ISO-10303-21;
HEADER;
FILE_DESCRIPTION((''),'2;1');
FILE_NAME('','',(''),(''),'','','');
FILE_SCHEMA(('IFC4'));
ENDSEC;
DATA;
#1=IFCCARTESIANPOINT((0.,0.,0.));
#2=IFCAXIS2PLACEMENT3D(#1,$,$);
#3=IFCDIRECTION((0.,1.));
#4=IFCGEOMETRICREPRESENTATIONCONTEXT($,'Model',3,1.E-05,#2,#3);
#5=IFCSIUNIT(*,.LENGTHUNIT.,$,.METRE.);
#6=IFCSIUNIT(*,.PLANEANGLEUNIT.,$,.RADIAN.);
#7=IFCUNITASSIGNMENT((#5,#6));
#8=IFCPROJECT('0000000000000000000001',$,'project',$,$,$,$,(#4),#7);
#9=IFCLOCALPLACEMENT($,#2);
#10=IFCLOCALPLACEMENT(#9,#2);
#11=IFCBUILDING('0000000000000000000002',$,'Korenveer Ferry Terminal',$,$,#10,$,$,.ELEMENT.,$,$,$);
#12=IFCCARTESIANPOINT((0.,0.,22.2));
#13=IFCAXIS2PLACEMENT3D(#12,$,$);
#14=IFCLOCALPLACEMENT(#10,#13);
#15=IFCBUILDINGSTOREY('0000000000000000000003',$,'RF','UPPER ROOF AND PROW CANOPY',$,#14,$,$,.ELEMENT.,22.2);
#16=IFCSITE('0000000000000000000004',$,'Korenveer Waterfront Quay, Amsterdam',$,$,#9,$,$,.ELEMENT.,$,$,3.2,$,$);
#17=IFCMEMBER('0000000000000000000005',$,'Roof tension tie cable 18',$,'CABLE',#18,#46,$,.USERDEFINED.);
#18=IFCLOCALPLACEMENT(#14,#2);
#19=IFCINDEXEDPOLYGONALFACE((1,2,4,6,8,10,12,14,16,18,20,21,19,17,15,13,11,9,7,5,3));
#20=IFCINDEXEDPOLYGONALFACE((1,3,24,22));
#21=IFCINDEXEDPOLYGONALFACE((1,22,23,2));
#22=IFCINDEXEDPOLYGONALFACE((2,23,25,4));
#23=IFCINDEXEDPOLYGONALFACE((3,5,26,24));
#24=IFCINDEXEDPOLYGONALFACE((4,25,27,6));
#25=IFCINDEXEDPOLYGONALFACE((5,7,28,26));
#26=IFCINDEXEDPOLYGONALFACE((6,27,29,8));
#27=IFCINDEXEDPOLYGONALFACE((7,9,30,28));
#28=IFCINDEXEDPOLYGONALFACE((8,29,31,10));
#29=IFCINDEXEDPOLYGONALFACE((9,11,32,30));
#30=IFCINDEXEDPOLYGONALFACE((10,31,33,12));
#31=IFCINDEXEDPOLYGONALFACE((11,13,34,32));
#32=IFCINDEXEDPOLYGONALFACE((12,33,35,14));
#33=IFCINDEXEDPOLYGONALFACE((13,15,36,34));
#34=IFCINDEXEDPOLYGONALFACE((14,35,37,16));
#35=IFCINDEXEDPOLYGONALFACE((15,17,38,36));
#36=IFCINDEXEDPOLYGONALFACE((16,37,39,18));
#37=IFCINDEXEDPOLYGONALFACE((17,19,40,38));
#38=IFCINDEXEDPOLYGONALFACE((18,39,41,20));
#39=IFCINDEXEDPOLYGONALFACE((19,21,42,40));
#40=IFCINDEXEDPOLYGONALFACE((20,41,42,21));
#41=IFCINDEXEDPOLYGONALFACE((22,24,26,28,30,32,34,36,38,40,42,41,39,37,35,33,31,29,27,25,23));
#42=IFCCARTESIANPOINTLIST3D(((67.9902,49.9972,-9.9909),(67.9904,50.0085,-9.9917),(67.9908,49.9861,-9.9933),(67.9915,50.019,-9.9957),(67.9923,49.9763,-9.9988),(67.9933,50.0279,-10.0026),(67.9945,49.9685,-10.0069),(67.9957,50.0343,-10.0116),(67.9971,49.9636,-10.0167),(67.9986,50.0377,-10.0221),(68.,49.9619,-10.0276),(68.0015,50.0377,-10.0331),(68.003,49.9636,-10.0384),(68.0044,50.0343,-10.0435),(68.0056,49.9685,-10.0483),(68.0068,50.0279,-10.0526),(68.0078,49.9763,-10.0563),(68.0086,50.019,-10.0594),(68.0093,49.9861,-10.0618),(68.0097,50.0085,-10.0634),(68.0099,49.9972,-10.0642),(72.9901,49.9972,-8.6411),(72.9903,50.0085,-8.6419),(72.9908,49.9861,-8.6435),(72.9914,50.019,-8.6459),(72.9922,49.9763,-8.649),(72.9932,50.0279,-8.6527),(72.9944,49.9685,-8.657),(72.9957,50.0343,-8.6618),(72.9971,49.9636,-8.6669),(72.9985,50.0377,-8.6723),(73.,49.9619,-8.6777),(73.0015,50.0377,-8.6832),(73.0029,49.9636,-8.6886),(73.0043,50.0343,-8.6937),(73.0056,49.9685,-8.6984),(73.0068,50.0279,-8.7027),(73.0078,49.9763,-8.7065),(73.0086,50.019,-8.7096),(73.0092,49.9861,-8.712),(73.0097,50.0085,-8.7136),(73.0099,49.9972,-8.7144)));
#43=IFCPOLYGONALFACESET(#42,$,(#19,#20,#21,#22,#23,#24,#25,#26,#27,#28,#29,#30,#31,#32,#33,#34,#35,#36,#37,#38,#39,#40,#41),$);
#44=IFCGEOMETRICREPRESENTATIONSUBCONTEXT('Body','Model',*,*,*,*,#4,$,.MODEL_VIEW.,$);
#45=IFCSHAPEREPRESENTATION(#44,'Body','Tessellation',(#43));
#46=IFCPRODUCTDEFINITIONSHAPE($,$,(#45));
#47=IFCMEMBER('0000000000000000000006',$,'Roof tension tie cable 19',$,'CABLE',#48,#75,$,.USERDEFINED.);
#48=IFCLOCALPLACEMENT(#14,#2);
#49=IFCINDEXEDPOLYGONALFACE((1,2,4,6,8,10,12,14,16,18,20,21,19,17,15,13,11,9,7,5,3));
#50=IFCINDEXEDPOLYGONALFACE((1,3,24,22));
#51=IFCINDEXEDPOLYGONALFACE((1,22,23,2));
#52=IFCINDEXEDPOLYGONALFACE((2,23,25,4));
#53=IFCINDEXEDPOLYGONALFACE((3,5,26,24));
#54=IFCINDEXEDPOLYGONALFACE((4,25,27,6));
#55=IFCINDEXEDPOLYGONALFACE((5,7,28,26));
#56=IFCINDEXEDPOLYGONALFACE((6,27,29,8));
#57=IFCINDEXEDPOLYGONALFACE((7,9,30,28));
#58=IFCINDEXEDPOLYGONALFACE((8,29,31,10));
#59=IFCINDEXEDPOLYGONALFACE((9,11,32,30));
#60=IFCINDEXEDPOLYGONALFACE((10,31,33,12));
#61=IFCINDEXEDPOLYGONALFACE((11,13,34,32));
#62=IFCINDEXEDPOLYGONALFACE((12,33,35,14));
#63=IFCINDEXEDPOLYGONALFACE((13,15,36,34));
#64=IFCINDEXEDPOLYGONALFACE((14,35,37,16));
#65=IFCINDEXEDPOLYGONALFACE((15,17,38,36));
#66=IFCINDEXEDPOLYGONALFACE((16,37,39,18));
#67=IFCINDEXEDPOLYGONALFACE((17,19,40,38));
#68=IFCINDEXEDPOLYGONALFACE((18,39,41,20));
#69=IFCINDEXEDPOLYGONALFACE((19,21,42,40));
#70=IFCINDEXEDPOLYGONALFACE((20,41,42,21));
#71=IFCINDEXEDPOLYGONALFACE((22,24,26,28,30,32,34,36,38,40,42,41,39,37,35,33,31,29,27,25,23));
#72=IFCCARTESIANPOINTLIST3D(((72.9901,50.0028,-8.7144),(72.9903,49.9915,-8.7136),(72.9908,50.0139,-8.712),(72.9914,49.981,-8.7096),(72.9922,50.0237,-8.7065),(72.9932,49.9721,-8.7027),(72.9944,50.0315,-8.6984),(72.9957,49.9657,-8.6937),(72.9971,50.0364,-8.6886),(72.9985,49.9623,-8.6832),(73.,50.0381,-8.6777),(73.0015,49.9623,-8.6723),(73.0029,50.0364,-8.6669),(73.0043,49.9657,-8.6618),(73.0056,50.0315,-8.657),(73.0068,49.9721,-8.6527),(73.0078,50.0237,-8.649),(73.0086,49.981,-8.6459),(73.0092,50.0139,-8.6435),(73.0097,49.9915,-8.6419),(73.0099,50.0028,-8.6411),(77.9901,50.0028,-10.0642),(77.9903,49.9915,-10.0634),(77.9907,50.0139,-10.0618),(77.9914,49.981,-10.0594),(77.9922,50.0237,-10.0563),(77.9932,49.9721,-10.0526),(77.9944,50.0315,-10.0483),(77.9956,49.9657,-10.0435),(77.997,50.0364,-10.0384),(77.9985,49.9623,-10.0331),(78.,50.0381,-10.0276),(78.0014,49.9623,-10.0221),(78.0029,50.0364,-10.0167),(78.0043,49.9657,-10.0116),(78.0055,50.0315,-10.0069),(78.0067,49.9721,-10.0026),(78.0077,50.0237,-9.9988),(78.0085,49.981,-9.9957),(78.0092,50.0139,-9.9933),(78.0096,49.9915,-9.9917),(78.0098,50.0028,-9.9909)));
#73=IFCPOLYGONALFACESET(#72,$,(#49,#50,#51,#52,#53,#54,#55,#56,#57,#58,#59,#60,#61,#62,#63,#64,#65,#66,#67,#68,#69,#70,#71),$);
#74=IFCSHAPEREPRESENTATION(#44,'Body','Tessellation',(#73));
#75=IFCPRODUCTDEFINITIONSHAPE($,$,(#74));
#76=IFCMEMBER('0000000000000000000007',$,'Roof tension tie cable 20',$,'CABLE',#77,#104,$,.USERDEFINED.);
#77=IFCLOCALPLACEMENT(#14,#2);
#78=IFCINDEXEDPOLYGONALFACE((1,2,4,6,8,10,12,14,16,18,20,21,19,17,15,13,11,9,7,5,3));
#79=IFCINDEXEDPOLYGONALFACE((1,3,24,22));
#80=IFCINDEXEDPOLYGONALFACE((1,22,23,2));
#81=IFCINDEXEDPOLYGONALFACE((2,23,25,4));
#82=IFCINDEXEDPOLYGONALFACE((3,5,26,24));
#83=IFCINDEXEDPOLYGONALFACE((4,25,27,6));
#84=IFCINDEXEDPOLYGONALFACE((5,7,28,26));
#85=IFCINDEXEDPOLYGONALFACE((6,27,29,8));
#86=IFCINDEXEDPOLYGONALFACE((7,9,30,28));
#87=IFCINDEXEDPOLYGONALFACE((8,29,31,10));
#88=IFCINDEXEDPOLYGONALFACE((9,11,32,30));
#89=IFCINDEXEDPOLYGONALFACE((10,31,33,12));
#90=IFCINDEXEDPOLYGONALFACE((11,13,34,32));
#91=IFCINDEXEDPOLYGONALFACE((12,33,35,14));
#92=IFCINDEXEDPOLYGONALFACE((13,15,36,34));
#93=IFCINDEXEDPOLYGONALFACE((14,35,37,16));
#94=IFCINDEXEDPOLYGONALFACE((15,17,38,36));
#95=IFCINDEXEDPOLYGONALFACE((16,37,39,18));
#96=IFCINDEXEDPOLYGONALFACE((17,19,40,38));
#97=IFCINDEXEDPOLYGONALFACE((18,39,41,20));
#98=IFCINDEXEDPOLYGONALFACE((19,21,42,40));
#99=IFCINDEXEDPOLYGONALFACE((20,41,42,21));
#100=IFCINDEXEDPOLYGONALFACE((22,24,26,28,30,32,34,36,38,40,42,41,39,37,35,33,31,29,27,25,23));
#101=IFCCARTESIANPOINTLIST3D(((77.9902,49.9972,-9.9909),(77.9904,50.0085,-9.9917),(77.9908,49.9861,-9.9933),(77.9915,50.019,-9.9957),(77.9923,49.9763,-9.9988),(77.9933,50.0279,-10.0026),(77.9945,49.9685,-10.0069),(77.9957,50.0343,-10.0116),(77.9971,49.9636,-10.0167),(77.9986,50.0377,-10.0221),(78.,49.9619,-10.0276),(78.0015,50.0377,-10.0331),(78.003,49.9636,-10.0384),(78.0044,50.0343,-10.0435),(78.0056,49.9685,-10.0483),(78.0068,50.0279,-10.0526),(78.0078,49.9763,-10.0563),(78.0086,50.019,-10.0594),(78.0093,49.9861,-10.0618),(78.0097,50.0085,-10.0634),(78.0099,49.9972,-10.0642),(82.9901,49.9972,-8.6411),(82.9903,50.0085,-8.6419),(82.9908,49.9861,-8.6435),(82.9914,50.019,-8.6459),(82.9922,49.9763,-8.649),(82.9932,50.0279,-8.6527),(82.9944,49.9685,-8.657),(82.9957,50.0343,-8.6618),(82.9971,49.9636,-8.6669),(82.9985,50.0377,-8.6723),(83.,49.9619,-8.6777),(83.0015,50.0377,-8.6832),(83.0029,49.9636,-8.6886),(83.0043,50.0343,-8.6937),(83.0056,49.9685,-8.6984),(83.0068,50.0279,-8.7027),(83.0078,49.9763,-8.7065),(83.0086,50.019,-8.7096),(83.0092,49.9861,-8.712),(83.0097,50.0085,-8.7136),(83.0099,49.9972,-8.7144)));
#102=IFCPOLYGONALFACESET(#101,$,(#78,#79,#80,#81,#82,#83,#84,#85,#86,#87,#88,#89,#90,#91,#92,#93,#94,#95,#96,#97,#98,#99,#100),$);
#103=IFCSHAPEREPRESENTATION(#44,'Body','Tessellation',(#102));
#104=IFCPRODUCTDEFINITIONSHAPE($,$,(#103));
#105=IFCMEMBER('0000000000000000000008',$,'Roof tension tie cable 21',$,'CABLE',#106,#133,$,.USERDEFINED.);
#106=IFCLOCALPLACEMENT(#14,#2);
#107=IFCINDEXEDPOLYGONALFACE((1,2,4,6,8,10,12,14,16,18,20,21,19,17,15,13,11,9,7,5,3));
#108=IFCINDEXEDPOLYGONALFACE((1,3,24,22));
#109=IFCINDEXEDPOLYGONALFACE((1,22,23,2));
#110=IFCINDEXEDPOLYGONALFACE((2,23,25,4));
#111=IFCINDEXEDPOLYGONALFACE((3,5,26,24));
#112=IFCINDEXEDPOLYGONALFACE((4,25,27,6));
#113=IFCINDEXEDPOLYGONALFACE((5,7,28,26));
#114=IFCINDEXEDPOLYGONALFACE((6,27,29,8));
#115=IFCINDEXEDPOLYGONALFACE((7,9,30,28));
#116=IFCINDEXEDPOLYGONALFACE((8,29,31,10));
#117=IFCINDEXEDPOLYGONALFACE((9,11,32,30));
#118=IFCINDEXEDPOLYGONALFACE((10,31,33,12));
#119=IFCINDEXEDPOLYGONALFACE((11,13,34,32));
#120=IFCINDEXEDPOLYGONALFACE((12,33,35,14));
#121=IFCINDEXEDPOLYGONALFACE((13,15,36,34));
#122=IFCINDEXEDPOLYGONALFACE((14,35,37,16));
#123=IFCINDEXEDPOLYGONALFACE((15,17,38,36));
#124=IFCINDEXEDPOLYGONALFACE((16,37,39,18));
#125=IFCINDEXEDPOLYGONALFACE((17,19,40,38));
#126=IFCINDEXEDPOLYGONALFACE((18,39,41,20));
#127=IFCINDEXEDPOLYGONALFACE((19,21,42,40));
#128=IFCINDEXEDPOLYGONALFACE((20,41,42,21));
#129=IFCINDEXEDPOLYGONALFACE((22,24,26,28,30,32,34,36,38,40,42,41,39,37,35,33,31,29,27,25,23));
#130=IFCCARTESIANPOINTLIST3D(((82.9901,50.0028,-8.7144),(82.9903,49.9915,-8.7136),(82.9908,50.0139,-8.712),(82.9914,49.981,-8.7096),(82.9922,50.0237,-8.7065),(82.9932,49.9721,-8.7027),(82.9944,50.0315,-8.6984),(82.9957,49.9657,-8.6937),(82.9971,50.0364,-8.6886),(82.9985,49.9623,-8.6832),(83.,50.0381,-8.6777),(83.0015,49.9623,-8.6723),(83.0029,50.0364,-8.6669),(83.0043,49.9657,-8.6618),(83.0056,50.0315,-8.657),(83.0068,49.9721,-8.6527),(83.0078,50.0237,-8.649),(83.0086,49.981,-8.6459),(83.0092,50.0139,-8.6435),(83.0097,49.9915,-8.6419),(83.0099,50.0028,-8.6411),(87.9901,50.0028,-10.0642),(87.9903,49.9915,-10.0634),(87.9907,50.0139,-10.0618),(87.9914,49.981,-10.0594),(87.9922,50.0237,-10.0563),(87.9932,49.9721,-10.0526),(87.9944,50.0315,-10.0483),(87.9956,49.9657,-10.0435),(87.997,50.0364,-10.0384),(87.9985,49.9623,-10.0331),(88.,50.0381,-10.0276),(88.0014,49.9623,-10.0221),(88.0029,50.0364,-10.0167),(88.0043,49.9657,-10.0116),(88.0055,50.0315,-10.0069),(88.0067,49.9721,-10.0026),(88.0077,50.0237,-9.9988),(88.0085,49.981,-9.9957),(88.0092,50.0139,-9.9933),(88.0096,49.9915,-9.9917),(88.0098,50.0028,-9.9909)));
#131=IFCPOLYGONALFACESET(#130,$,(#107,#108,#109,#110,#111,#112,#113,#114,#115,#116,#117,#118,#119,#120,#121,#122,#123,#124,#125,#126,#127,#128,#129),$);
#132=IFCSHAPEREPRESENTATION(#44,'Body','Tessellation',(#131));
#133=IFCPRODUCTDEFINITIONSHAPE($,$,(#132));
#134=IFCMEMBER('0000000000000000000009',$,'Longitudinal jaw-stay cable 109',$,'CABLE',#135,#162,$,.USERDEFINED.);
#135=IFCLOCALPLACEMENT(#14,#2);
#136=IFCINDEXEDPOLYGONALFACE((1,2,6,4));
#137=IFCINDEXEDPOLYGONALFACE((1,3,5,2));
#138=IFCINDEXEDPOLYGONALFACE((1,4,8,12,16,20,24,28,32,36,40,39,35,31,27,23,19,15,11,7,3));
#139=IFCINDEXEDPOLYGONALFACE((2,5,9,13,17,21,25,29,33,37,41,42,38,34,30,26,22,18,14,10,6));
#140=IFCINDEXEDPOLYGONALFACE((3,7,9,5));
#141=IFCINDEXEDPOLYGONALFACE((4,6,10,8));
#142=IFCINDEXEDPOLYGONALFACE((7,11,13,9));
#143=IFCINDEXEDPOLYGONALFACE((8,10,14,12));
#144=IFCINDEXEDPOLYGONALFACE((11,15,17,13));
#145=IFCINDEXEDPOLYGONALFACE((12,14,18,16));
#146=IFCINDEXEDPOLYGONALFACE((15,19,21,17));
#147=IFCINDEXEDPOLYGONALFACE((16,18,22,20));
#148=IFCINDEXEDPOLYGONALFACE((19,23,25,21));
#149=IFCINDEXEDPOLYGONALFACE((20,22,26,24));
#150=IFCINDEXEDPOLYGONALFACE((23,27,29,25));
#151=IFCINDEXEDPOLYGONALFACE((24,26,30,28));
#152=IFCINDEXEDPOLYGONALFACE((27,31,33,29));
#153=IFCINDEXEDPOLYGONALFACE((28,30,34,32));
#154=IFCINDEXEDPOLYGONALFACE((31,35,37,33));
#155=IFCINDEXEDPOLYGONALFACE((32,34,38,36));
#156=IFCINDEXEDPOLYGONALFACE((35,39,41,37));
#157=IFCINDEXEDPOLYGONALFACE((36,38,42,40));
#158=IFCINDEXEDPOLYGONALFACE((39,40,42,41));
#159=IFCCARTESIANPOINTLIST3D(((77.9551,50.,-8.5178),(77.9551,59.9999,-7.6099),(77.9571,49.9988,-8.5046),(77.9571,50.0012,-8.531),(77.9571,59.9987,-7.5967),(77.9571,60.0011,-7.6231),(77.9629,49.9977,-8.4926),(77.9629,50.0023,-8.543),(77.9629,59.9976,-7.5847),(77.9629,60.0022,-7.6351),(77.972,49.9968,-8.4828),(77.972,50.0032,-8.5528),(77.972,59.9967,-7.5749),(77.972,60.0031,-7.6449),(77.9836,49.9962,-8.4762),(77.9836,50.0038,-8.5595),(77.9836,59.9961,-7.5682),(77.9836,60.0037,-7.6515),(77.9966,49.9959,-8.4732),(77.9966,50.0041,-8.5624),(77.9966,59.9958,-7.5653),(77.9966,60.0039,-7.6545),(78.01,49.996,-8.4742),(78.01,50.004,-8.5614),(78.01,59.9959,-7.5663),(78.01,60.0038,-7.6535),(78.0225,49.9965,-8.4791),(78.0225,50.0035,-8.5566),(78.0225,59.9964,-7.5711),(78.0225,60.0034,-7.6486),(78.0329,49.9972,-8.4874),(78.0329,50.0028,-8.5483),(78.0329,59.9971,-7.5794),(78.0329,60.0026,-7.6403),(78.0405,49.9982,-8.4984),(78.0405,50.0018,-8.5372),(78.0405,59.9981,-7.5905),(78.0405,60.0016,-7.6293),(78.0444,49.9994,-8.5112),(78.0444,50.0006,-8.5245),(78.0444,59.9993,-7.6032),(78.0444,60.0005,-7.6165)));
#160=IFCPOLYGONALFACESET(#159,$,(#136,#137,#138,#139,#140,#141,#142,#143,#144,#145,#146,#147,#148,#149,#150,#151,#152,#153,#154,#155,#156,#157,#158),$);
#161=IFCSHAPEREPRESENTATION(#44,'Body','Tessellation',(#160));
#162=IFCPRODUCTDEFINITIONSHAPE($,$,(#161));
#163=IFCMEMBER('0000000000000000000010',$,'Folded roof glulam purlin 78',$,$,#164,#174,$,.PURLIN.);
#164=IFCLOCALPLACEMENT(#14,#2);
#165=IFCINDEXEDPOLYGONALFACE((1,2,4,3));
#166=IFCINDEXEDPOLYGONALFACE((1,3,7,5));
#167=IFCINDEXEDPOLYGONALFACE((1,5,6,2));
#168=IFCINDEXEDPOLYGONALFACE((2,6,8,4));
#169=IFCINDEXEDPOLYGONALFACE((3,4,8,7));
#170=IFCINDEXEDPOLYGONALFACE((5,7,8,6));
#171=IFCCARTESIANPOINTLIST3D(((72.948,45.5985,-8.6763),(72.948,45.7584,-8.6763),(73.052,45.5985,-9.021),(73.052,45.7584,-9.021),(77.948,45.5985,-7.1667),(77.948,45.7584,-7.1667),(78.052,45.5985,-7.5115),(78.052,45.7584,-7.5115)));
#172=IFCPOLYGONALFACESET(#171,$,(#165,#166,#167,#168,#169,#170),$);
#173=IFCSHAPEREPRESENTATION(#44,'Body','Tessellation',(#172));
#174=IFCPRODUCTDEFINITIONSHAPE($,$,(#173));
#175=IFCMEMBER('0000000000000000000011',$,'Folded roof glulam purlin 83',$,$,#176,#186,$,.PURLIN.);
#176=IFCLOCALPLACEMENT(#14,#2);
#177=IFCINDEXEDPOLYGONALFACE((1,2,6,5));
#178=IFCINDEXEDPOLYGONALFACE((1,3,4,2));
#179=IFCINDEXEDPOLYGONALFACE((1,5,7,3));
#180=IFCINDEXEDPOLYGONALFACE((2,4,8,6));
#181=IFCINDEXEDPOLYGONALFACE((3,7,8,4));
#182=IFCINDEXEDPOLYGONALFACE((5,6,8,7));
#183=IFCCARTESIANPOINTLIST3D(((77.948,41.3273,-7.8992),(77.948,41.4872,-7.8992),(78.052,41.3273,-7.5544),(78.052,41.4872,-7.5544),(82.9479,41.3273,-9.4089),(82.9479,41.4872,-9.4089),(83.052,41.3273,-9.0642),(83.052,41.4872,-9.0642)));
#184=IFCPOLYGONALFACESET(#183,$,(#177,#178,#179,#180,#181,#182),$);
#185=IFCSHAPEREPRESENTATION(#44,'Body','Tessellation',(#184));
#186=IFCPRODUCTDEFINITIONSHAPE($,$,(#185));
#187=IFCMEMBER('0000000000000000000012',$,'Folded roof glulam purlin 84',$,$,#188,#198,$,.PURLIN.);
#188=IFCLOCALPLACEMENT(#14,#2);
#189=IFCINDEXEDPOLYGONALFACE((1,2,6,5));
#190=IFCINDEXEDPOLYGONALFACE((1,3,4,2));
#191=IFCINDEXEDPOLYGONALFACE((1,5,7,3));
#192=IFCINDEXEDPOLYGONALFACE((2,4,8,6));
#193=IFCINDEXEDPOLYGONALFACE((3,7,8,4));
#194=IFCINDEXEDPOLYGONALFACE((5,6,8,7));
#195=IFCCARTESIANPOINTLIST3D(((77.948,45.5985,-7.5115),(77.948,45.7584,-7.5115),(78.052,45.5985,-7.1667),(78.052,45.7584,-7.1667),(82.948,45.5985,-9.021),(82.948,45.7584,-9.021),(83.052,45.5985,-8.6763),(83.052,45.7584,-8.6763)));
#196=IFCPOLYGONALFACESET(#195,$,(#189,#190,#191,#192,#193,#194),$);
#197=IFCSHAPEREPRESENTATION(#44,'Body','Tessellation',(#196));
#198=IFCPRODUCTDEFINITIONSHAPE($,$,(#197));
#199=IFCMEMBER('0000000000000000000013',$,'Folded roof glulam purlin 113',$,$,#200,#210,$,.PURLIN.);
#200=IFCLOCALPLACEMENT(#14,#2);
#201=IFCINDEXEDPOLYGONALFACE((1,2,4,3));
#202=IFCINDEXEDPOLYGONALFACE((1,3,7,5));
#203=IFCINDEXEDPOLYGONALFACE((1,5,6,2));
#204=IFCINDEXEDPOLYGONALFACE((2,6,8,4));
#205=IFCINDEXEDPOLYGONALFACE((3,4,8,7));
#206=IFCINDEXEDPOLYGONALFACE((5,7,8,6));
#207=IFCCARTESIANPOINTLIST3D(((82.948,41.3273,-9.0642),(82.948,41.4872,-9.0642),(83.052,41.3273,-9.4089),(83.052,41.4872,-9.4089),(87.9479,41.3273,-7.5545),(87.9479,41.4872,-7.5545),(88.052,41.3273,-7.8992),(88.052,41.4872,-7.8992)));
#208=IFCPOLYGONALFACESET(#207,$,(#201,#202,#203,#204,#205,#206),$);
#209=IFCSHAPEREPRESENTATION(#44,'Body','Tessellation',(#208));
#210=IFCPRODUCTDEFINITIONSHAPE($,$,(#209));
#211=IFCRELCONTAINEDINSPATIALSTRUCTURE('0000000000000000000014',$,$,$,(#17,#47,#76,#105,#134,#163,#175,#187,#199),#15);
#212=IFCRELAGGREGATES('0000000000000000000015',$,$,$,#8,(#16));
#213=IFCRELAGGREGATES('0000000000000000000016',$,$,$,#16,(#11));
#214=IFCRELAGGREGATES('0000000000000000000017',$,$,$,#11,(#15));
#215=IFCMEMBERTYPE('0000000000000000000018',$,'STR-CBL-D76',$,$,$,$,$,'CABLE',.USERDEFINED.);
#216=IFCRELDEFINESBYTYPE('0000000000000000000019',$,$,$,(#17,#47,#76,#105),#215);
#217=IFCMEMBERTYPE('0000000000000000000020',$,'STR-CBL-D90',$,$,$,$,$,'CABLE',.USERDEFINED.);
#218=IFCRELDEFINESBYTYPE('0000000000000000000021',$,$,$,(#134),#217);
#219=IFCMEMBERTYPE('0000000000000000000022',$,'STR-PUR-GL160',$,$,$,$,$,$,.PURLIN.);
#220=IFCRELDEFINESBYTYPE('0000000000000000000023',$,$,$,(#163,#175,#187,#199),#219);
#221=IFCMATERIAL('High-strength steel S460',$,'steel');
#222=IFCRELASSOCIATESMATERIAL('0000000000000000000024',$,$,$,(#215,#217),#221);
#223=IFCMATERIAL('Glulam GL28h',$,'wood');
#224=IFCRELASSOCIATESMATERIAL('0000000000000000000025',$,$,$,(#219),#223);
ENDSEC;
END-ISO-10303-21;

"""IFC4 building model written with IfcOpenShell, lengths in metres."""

from ifc_helpers import new_model, si_unit, direction, frame, origin, origin_2d, place, context, subcontext, project, spatial, rectangle, circle, extrude, material, material_profile, profile_set, type_object, element, save


model = new_model("IFC4")

# Units and contexts
model_context = context("Model", 3, precision=1e-05, world=origin(), true_north=direction((0.0, 1.0)))
body_context = subcontext(model_context, "Body", "Model", "MODEL_VIEW")
ifc_project = project(units=[si_unit("LENGTHUNIT", "METRE"), si_unit("PLANEANGLEUNIT", "RADIAN")], contexts=[model_context])

# Site, building, storey
site_placement = place(None, origin())
site = spatial("IfcSite", under=ifc_project, at=site_placement, Name="Korenveer Waterfront Quay, Amsterdam", CompositionType="ELEMENT", RefElevation=3.2)
building_placement = place(site_placement, origin())
building = spatial("IfcBuilding", under=site, at=building_placement, Name="Korenveer Ferry Terminal", CompositionType="ELEMENT")
storey_placement = place(building_placement, frame((0.0, 0.0, 22.2)))
storey = spatial("IfcBuildingStorey", under=building, at=storey_placement, Name="RF", Description="UPPER ROOF AND PROW CANOPY", CompositionType="ELEMENT", Elevation=22.2)

# Members
ifc_material_1 = material(Name="High-strength steel S460", Category="steel")
ifc_material_profile_1 = material_profile(ifc_material_1, circle(Radius=0.0381, at=origin_2d()), Name="ROD D76")
ifc_profile_set_1 = profile_set([ifc_material_profile_1], Name="High-strength steel S460")
member_type_1 = type_object("IfcMemberType", Name="STR-CBL-D76", ElementType="CABLE", PredefinedType="USERDEFINED", material=ifc_profile_set_1)
for number, where, z_axis, x_axis, name in (
    (1, (73.0, 50.0, -8.6777), (-0.965436, 0.0, -0.260639), (0.0, -1.0, 0.0), "Roof tension tie cable 18"),
    (2, (73.0, 50.0, -8.6777), (0.965436, 0.0, -0.260639), (0.0, 1.0, 0.0), "Roof tension tie cable 19"),
    (3, (83.0, 50.0, -8.6777), (-0.965436, 0.0, -0.260639), (0.0, -1.0, 0.0), "Roof tension tie cable 20"),
    (4, (83.0, 50.0, -8.6777), (0.965436, 0.0, -0.260639), (0.0, 1.0, 0.0), "Roof tension tie cable 21"),
):
    element("IfcMember", number, at=place(storey_placement, frame(where, z_axis=z_axis, x_axis=x_axis)), inside=storey, type_object=member_type_1, Name=name, ObjectType="CABLE", PredefinedType="USERDEFINED", context=body_context, shape_type="SweptSolid", body=[
        extrude(circle(Radius=0.0381, at=origin_2d()), origin(), (0.0, 0.0, 1.0), 5.179),
    ])
ifc_material_profile_2 = material_profile(ifc_material_1, circle(Radius=0.0449, at=origin_2d()), Name="ROD D90")
ifc_profile_set_2 = profile_set([ifc_material_profile_2], Name="High-strength steel S460")
member_type_2 = type_object("IfcMemberType", Name="STR-CBL-D90", ElementType="CABLE", PredefinedType="USERDEFINED", material=ifc_profile_set_2)
member_1_placement = place(storey_placement, frame((78.0, 50.0, -8.5178), z_axis=(0.0, 0.995903, 0.090424), x_axis=(-1.0, 0.0, 0.0)))
element("IfcMember", 5, at=member_1_placement, inside=storey, type_object=member_type_2, Name="Longitudinal jaw-stay cable 109", ObjectType="CABLE", PredefinedType="USERDEFINED", context=body_context, shape_type="SweptSolid", body=[
    extrude(circle(Radius=0.0449, at=origin_2d()), origin(), (0.0, 0.0, 1.0), 10.041),
])
ifc_material_2 = material(Name="Glulam GL28h", Category="wood")
ifc_material_profile_3 = material_profile(ifc_material_2, rectangle(XDim=0.1599, YDim=0.3601, at=origin_2d()), Name="GL 160x360")
ifc_profile_set_3 = profile_set([ifc_material_profile_3], Name="Glulam GL28h")
member_type_3 = type_object("IfcMemberType", Name="STR-PUR-GL160", PredefinedType="PURLIN", material=ifc_profile_set_3)
for number, where, z_axis, x_axis, name in (
    (6, (73.0, 45.6785, -8.8486), (0.957323, 0.0, 0.28902), (0.0, 1.0, 0.0), "Folded roof glulam purlin 78"),
    (7, (78.0, 41.4072, -7.7268), (0.95731, 0.0, -0.289063), (0.0, 1.0, 0.0), "Folded roof glulam purlin 83"),
    (8, (78.0, 45.6785, -7.3391), (0.957323, 0.0, -0.28902), (0.0, 1.0, 0.0), "Folded roof glulam purlin 84"),
    (9, (83.0, 41.4072, -9.2366), (0.95731, 0.0, 0.289063), (0.0, 1.0, 0.0), "Folded roof glulam purlin 113"),
):
    element("IfcMember", number, at=place(storey_placement, frame(where, z_axis=z_axis, x_axis=x_axis)), inside=storey, type_object=member_type_3, Name=name, PredefinedType="PURLIN", context=body_context, shape_type="SweptSolid", body=[
        extrude(rectangle(XDim=0.1599, YDim=0.3601, at=origin_2d()), origin(), (0.0, 0.0, 1.0), 5.2229),
    ])

save(model, "model.ifc")
